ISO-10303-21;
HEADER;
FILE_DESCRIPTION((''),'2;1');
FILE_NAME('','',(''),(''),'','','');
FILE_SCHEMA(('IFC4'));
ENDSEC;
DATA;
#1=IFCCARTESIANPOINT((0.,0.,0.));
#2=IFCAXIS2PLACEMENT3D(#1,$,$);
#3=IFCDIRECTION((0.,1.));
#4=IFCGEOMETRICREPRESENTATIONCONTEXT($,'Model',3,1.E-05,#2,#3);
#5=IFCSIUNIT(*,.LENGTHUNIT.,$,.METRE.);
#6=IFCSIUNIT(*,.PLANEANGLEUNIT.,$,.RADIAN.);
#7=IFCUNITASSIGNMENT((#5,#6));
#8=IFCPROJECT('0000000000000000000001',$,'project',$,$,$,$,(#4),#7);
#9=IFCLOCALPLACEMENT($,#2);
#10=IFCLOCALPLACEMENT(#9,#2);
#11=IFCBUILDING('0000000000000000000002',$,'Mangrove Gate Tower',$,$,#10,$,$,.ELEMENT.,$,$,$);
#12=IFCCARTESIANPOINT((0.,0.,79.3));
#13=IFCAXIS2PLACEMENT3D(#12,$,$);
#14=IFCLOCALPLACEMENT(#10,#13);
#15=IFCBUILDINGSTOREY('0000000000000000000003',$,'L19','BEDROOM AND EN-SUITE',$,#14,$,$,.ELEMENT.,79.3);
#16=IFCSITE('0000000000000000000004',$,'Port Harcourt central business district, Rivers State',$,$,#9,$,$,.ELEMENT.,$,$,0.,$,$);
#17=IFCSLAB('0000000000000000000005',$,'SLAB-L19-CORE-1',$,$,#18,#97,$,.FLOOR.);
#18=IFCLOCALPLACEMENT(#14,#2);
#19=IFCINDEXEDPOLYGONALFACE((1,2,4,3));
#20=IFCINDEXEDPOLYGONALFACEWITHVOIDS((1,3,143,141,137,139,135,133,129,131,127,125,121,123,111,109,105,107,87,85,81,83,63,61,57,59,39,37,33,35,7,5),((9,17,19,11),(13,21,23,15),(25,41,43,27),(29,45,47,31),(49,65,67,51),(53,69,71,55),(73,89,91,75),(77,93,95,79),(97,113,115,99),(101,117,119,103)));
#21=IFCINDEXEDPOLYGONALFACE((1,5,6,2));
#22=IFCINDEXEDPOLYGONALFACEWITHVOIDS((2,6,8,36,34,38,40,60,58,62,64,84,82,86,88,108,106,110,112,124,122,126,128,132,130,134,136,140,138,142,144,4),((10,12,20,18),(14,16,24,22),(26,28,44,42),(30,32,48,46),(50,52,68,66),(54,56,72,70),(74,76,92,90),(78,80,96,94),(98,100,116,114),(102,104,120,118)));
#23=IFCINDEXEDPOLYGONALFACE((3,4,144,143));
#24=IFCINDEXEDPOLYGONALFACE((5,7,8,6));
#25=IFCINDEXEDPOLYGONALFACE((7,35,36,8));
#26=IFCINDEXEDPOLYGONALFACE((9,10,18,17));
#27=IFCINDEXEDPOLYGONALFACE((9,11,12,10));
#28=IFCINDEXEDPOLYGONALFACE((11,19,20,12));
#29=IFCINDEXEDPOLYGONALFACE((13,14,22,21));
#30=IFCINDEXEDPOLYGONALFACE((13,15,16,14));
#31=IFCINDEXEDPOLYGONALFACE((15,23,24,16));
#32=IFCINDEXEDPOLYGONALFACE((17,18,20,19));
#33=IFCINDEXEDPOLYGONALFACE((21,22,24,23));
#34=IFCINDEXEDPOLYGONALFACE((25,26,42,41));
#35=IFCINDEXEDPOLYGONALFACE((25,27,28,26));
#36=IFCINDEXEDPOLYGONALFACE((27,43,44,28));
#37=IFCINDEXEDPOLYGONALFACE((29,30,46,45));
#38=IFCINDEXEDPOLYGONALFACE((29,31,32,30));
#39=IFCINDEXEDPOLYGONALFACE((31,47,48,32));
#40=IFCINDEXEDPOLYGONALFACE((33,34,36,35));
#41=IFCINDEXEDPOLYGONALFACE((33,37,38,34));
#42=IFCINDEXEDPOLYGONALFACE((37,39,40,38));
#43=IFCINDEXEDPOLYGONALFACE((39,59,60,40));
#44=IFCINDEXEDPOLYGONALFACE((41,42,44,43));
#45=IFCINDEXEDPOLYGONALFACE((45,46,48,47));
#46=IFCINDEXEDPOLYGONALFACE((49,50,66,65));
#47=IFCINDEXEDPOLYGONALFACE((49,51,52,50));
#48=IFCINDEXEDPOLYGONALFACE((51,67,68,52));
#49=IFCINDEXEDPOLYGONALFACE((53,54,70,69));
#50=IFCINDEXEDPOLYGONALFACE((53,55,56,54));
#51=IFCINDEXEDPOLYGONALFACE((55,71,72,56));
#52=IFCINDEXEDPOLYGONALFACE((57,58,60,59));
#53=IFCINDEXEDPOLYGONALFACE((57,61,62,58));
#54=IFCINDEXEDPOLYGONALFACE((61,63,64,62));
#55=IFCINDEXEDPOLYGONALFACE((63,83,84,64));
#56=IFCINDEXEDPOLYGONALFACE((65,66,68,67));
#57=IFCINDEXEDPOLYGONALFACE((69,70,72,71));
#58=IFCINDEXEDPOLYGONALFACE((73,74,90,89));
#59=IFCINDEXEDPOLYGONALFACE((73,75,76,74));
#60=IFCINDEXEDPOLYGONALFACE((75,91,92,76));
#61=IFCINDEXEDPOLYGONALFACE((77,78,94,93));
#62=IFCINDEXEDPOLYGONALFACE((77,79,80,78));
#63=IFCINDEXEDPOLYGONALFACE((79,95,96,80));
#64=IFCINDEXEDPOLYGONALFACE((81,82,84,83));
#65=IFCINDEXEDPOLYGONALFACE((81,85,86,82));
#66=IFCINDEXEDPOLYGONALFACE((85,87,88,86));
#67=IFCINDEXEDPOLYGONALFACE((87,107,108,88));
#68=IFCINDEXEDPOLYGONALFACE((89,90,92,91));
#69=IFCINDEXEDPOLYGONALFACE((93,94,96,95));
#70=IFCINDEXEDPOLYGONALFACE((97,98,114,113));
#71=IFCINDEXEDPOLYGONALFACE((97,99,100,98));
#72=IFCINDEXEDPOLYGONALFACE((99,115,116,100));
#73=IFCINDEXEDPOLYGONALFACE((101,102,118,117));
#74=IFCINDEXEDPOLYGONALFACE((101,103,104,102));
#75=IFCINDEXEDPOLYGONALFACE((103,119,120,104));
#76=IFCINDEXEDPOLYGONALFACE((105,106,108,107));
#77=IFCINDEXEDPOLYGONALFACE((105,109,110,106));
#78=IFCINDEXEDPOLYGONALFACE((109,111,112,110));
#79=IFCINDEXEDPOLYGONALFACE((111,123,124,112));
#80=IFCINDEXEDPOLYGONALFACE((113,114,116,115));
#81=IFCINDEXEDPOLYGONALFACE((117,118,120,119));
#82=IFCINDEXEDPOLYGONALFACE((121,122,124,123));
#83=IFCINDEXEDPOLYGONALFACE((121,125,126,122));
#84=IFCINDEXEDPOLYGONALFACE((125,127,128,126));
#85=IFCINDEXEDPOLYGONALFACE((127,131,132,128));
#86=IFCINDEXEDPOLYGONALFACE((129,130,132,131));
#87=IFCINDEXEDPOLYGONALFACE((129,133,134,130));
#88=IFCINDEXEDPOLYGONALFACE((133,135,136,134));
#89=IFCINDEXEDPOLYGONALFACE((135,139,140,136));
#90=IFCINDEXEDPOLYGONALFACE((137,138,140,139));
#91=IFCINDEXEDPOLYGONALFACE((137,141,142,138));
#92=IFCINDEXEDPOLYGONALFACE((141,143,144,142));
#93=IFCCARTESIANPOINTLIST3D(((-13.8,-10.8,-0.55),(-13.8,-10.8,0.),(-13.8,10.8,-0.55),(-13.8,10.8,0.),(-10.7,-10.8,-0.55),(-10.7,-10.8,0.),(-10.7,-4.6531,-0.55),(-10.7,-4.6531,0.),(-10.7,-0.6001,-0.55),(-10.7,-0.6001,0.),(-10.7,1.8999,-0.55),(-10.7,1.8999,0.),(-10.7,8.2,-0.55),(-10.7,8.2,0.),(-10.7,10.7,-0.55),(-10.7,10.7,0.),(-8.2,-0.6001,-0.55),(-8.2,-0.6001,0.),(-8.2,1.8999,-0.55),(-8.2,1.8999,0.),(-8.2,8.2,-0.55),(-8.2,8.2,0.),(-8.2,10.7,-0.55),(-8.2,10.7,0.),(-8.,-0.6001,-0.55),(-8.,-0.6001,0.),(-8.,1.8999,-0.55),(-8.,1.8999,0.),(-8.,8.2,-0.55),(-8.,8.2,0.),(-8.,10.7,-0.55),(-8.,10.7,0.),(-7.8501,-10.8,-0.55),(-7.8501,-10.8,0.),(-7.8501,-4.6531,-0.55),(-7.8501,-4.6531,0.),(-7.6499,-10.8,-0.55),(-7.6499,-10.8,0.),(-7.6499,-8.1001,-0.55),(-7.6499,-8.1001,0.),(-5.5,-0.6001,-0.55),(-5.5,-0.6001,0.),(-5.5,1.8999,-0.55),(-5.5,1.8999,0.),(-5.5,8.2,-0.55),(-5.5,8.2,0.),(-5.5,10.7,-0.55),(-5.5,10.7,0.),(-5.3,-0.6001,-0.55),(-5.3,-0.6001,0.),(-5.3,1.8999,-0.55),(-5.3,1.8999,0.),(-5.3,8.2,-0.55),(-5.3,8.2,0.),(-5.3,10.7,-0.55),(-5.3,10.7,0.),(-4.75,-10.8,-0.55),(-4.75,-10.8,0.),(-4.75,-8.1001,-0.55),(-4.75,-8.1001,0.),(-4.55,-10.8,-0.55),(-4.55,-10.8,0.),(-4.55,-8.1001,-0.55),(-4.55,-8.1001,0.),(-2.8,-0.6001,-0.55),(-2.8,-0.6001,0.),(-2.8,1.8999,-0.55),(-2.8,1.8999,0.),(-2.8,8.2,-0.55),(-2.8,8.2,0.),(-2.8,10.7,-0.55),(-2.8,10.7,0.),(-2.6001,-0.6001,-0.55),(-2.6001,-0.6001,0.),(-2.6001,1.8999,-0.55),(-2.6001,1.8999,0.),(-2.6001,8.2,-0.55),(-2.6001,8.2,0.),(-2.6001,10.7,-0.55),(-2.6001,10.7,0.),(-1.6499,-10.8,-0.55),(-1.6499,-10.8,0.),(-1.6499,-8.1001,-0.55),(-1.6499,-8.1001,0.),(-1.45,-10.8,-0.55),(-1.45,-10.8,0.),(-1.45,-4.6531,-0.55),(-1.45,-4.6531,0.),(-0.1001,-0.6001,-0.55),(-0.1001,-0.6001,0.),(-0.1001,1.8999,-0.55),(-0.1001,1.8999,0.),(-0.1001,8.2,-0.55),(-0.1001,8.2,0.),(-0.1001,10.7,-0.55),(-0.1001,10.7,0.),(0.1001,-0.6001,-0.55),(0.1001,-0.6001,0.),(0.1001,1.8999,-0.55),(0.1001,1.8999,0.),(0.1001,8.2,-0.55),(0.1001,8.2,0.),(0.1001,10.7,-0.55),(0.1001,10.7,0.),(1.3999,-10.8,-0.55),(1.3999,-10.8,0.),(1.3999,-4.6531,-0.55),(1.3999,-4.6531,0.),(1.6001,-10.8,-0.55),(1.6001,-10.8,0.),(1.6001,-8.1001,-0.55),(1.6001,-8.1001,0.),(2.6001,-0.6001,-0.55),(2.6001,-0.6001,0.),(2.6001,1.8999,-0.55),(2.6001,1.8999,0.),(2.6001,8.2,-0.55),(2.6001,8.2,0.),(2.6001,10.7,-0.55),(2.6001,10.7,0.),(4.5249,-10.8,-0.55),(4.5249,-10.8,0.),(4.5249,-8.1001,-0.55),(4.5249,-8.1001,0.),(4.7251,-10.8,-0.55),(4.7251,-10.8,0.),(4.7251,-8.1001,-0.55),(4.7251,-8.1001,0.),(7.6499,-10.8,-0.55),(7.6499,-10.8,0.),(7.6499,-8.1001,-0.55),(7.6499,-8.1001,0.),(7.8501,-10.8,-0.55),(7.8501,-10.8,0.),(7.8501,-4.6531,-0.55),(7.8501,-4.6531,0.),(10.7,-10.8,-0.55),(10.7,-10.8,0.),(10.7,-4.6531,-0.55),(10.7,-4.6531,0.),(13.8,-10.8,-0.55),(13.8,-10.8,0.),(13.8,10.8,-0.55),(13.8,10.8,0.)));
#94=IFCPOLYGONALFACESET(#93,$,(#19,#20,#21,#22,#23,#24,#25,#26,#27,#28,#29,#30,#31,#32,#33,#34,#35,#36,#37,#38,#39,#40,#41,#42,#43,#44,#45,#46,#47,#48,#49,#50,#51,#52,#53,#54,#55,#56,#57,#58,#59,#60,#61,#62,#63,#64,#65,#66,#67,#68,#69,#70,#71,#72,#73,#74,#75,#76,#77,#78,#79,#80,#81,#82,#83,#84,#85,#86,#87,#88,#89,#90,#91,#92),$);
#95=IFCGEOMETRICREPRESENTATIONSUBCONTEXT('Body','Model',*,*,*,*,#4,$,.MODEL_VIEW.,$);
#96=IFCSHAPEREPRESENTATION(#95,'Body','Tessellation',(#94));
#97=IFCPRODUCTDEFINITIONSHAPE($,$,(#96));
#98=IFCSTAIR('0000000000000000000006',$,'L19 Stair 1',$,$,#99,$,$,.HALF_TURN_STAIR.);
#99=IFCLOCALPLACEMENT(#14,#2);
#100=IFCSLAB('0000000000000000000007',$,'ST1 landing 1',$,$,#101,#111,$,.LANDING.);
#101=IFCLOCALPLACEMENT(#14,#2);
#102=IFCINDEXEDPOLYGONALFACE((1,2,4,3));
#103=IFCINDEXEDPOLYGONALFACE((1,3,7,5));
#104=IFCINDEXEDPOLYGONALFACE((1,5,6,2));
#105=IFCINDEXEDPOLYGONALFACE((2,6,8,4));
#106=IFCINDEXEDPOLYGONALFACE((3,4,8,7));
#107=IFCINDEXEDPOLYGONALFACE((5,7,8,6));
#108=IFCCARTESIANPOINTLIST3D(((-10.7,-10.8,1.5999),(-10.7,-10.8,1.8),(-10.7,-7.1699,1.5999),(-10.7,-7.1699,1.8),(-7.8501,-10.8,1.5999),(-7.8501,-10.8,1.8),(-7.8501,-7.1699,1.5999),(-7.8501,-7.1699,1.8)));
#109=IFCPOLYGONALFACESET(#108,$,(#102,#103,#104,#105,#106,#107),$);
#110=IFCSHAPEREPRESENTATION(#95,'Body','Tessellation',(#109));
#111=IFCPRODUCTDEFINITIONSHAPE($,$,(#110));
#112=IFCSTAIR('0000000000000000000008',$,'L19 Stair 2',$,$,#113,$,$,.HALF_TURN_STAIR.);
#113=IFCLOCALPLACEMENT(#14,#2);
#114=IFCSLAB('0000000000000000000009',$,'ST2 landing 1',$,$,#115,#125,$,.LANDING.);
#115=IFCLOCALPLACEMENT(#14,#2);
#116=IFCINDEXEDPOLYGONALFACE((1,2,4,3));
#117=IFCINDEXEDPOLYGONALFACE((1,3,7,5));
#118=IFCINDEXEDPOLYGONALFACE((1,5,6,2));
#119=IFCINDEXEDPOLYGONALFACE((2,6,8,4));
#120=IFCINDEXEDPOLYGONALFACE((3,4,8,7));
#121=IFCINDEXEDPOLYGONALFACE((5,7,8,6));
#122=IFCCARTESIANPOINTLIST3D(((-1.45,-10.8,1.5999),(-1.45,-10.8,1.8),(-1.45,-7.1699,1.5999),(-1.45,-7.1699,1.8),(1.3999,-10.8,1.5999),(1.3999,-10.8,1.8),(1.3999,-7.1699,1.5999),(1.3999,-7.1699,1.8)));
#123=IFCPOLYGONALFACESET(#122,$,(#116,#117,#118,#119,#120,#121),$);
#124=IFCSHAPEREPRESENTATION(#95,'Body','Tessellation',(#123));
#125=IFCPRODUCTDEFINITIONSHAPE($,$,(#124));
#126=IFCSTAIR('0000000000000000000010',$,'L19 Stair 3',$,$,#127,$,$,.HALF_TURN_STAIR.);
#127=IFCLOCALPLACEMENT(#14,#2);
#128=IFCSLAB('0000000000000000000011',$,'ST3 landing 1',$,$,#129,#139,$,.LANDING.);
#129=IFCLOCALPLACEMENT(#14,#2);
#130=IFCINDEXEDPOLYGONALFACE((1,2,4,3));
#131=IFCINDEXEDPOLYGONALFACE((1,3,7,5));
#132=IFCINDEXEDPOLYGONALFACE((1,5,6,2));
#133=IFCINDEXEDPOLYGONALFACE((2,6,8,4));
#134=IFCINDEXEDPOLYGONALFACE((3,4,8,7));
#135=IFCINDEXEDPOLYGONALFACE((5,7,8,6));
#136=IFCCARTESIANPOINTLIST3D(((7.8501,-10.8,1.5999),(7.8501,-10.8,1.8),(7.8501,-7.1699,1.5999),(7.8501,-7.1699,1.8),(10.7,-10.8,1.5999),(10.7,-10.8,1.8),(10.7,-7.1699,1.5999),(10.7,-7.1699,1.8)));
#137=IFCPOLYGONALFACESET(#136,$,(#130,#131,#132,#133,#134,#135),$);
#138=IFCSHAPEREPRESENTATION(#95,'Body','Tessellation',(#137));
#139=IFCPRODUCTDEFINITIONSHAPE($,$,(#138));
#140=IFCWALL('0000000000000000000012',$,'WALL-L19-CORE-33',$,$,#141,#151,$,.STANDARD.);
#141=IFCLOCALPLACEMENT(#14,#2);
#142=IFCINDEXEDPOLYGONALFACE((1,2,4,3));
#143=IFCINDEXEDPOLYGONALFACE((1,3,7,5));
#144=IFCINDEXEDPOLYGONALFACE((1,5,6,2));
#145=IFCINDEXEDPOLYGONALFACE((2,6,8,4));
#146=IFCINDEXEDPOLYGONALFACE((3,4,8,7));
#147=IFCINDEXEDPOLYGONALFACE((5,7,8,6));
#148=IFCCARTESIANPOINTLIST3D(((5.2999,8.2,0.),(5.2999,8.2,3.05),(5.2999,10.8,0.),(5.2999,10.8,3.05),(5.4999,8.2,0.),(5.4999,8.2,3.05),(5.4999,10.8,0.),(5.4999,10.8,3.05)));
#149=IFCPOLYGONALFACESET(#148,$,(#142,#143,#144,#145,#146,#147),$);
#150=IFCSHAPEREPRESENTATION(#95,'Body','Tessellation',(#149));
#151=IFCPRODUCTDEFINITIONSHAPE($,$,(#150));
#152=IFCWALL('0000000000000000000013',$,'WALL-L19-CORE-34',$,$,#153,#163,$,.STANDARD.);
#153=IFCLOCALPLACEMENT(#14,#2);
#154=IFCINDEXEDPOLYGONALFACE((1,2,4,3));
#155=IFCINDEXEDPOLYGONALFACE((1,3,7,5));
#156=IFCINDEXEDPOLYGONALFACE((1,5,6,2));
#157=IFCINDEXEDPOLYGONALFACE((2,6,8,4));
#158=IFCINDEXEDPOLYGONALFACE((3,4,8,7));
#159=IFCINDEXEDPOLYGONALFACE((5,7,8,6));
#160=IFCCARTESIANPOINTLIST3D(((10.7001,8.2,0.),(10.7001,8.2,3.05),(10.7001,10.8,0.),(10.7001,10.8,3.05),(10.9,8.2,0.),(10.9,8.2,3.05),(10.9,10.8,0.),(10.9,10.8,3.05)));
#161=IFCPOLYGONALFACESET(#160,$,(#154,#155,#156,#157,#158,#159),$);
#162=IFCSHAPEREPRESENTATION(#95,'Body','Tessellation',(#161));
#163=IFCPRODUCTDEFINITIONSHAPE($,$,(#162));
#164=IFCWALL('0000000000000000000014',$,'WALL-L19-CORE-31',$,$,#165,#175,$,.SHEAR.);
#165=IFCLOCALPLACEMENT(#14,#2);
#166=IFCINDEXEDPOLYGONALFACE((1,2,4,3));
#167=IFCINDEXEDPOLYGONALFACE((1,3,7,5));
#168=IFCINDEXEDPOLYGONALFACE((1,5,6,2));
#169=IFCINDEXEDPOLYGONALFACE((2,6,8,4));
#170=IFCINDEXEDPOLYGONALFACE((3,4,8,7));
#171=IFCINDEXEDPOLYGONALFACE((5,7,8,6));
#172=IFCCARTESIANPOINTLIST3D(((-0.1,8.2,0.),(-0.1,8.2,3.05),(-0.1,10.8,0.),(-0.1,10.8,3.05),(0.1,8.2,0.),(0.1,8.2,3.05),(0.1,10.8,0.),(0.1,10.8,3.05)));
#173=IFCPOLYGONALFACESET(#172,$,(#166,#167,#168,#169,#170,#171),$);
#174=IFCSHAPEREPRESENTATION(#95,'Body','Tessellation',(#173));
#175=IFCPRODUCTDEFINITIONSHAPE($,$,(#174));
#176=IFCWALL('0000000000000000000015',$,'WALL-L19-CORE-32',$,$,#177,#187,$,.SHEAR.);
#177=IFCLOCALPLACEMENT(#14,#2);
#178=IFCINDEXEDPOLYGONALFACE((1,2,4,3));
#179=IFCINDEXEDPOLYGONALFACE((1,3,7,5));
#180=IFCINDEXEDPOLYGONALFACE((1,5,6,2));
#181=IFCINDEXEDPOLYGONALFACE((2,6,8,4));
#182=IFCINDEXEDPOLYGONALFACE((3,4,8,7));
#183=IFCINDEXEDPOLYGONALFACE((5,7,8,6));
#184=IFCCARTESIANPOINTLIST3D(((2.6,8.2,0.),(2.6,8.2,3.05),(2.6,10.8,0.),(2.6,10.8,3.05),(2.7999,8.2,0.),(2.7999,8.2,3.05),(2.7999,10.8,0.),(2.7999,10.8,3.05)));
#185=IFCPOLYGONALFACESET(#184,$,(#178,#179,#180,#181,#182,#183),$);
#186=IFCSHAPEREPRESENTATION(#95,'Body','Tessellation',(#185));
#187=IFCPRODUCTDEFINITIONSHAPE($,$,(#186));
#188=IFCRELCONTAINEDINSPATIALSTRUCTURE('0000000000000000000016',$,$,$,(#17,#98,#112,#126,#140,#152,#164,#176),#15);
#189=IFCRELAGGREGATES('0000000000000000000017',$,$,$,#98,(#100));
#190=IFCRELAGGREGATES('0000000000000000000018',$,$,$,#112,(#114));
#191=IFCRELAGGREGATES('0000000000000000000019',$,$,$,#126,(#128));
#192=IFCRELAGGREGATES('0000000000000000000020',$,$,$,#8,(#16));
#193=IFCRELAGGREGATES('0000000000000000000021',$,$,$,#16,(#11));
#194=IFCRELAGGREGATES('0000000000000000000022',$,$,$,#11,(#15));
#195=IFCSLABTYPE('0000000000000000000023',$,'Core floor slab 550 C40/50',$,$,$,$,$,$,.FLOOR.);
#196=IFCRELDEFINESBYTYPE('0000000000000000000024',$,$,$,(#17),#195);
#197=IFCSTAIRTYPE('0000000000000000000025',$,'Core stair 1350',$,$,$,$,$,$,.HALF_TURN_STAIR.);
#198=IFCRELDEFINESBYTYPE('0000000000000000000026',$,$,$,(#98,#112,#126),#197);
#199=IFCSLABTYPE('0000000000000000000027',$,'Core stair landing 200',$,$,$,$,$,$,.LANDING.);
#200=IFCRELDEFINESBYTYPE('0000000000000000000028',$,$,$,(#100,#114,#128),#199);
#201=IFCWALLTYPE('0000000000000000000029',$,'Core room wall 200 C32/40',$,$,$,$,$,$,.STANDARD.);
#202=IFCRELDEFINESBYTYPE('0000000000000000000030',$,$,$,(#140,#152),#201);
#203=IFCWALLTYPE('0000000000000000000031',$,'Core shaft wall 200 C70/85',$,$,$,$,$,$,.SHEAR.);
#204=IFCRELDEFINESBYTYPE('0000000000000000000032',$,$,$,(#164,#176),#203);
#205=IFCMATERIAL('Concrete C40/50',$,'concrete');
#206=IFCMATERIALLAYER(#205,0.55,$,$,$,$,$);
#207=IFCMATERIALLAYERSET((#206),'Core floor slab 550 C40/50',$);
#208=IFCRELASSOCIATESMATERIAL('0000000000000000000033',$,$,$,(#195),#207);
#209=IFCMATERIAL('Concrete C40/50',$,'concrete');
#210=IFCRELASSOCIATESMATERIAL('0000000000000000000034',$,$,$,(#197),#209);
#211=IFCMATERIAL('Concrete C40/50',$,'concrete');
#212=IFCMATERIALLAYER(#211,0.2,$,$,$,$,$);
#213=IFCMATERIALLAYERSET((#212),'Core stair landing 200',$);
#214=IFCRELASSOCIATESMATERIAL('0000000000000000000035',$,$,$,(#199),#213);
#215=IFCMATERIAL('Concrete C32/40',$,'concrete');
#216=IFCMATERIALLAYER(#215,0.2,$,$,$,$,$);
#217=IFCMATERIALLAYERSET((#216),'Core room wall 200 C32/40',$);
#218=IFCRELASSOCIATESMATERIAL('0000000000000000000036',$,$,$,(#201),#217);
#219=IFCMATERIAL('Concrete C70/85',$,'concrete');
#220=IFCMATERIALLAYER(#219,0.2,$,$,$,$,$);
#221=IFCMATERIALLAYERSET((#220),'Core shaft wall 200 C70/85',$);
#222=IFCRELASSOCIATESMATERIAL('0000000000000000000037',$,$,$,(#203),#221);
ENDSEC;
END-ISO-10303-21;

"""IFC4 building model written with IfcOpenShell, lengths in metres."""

from ifc_helpers import new_model, si_unit, direction, frame, frame_2d, origin, place, context, subcontext, project, spatial, polyline, rectangle, outline, extrude, material, layer, layer_set, type_object, element, aggregate, save


model = new_model("IFC4")

# Units and contexts
model_context = context("Model", 3, precision=1e-05, world=origin(), true_north=direction((0.0, 1.0)))
body_context = subcontext(model_context, "Body", "Model", "MODEL_VIEW")
ifc_project = project(units=[si_unit("LENGTHUNIT", "METRE"), si_unit("PLANEANGLEUNIT", "RADIAN")], contexts=[model_context])

# Site, building, storey
site_placement = place(None, origin())
site = spatial("IfcSite", under=ifc_project, at=site_placement, Name="Port Harcourt central business district, Rivers State", CompositionType="ELEMENT", RefElevation=0.0)
building_placement = place(site_placement, origin())
building = spatial("IfcBuilding", under=site, at=building_placement, Name="Mangrove Gate Tower", CompositionType="ELEMENT")
storey_placement = place(building_placement, frame((0.0, 0.0, 79.3)))
storey = spatial("IfcBuildingStorey", under=building, at=storey_placement, Name="L19", Description="BEDROOM AND EN-SUITE", CompositionType="ELEMENT", Elevation=79.3)

# Slab
ifc_material_1 = material(Name="Concrete C40/50", Category="concrete")
ifc_layer_1 = layer(ifc_material_1, 0.55)
ifc_layer_set_1 = layer_set([ifc_layer_1], Name="Core floor slab 550 C40/50")
slab_type_1 = type_object("IfcSlabType", Name="Core floor slab 550 C40/50", PredefinedType="FLOOR", material=ifc_layer_set_1)
slab_1_placement = place(storey_placement, frame((0.0, 0.0, -0.55)))
element("IfcSlab", 1, at=slab_1_placement, inside=storey, type_object=slab_type_1, Name="SLAB-L19-CORE-1", PredefinedType="FLOOR", context=body_context, shape_type="SweptSolid", body=[
    extrude(outline(polyline([(-13.8, -10.8), (-13.8, 10.8), (13.8, 10.8), (13.8, -10.8), (10.7, -10.8), (10.7, -4.6531), (7.8501, -4.6531), (7.8501, -10.8), (7.6499, -10.8), (7.6499, -8.1001), (4.7251, -8.1001), (4.7251, -10.8), (4.5249, -10.8), (4.5249, -8.1001), (1.6001, -8.1001), (1.6001, -10.8), (1.3999, -10.8), (1.3999, -4.6531), (-1.45, -4.6531), (-1.45, -10.8), (-1.6499, -10.8), (-1.6499, -8.1001), (-4.55, -8.1001), (-4.55, -10.8), (-4.75, -10.8), (-4.75, -8.1001), (-7.6499, -8.1001), (-7.6499, -10.8), (-7.8501, -10.8), (-7.8501, -4.6531), (-10.7, -4.6531), (-10.7, -10.8), (-13.8, -10.8)]), holes=[polyline([(-8.2, -0.6001), (-8.2, 1.8999), (-10.7, 1.8999), (-10.7, -0.6001), (-8.2, -0.6001)]), polyline([(-5.5, -0.6001), (-5.5, 1.8999), (-8.0, 1.8999), (-8.0, -0.6001), (-5.5, -0.6001)]), polyline([(-2.8, -0.6001), (-2.8, 1.8999), (-5.3, 1.8999), (-5.3, -0.6001), (-2.8, -0.6001)]), polyline([(-8.2, 8.2), (-8.2, 10.7), (-10.7, 10.7), (-10.7, 8.2), (-8.2, 8.2)]), polyline([(-5.5, 8.2), (-5.5, 10.7), (-8.0, 10.7), (-8.0, 8.2), (-5.5, 8.2)]), polyline([(-2.8, 8.2), (-2.8, 10.7), (-5.3, 10.7), (-5.3, 8.2), (-2.8, 8.2)]), polyline([(-0.1001, -0.6001), (-0.1001, 1.8999), (-2.6001, 1.8999), (-2.6001, -0.6001), (-0.1001, -0.6001)]), polyline([(2.6001, -0.6001), (2.6001, 1.8999), (0.1001, 1.8999), (0.1001, -0.6001), (2.6001, -0.6001)]), polyline([(-2.6001, 8.2), (-0.1001, 8.2), (-0.1001, 10.7), (-2.6001, 10.7), (-2.6001, 8.2)]), polyline([(0.1001, 8.2), (2.6001, 8.2), (2.6001, 10.7), (0.1001, 10.7), (0.1001, 8.2)])]), origin(), (0.0, 0.0, 1.0), 0.55),
])

# Stairs, slabs
ifc_material_2 = material(Name="Concrete C40/50", Category="concrete")
stair_type = type_object("IfcStairType", Name="Core stair 1350", PredefinedType="HALF_TURN_STAIR", material=ifc_material_2)
stair_1_placement = place(storey_placement, origin())
stair_1 = element("IfcStair", 2, at=stair_1_placement, inside=storey, type_object=stair_type, Name="L19 Stair 1", PredefinedType="HALF_TURN_STAIR")
ifc_material_3 = material(Name="Concrete C40/50", Category="concrete")
ifc_layer_2 = layer(ifc_material_3, 0.2)
ifc_layer_set_2 = layer_set([ifc_layer_2], Name="Core stair landing 200")
slab_type_2 = type_object("IfcSlabType", Name="Core stair landing 200", PredefinedType="LANDING", material=ifc_layer_set_2)
slab_2_placement = place(storey_placement, frame((0.0, 0.0, 1.5999)))
slab_2 = element("IfcSlab", 3, at=slab_2_placement, type_object=slab_type_2, Name="ST1 landing 1", PredefinedType="LANDING", context=body_context, shape_type="SweptSolid", body=[
    extrude(outline(polyline([(-10.7, -7.1699), (-10.7, -10.8), (-7.8501, -10.8), (-7.8501, -7.1699), (-10.7, -7.1699)])), origin(), (0.0, 0.0, 1.0), 0.2002),
])
aggregate(stair_1, [slab_2])
stair_2_placement = place(storey_placement, origin())
stair_2 = element("IfcStair", 4, at=stair_2_placement, inside=storey, type_object=stair_type, Name="L19 Stair 2", PredefinedType="HALF_TURN_STAIR")
slab_3_placement = place(storey_placement, frame((0.0, 0.0, 1.5999)))
slab_3 = element("IfcSlab", 5, at=slab_3_placement, type_object=slab_type_2, Name="ST2 landing 1", PredefinedType="LANDING", context=body_context, shape_type="SweptSolid", body=[
    extrude(outline(polyline([(-1.45, -7.1699), (-1.45, -10.8), (1.3999, -10.8), (1.3999, -7.1699), (-1.45, -7.1699)])), origin(), (0.0, 0.0, 1.0), 0.2002),
])
aggregate(stair_2, [slab_3])
stair_3_placement = place(storey_placement, origin())
stair_3 = element("IfcStair", 6, at=stair_3_placement, inside=storey, type_object=stair_type, Name="L19 Stair 3", PredefinedType="HALF_TURN_STAIR")
slab_4_placement = place(storey_placement, frame((0.0, 0.0, 1.5999)))
slab_4 = element("IfcSlab", 7, at=slab_4_placement, type_object=slab_type_2, Name="ST3 landing 1", PredefinedType="LANDING", context=body_context, shape_type="SweptSolid", body=[
    extrude(outline(polyline([(7.8501, -7.1699), (7.8501, -10.8), (10.7, -10.8), (10.7, -7.1699), (7.8501, -7.1699)])), origin(), (0.0, 0.0, 1.0), 0.2002),
])
aggregate(stair_3, [slab_4])

# Walls
ifc_material_4 = material(Name="Concrete C32/40", Category="concrete")
ifc_layer_3 = layer(ifc_material_4, 0.2)
ifc_layer_set_3 = layer_set([ifc_layer_3], Name="Core room wall 200 C32/40")
wall_type_1 = type_object("IfcWallType", Name="Core room wall 200 C32/40", PredefinedType="STANDARD", material=ifc_layer_set_3)
for number, where, z_axis, x_axis, name in (
    (8, (5.3999, 8.2, 0.0), (0.0, 0.0, 1.0), (0.0, 1.0, 0.0), "WALL-L19-CORE-33"),
    (9, (10.8, 8.2, 0.0), (0.0, 0.0, 1.0), (0.0, 1.0, 0.0), "WALL-L19-CORE-34"),
):
    element("IfcWall", number, at=place(storey_placement, frame(where, z_axis=z_axis, x_axis=x_axis)), inside=storey, type_object=wall_type_1, Name=name, PredefinedType="STANDARD", context=body_context, shape_type="SweptSolid", body=[
        extrude(rectangle(XDim=2.6001, YDim=0.2, at=frame_2d((1.3, 0.0))), origin(), (0.0, 0.0, 1.0), 3.05),
    ])
ifc_material_5 = material(Name="Concrete C70/85", Category="concrete")
ifc_layer_4 = layer(ifc_material_5, 0.2)
ifc_layer_set_4 = layer_set([ifc_layer_4], Name="Core shaft wall 200 C70/85")
wall_type_2 = type_object("IfcWallType", Name="Core shaft wall 200 C70/85", PredefinedType="SHEAR", material=ifc_layer_set_4)
for number, where, z_axis, x_axis, name in (
    (10, (0.0, 8.2, 0.0), (0.0, 0.0, 1.0), (0.0, 1.0, 0.0), "WALL-L19-CORE-31"),
    (11, (2.7, 8.2, 0.0), (0.0, 0.0, 1.0), (0.0, 1.0, 0.0), "WALL-L19-CORE-32"),
):
    element("IfcWall", number, at=place(storey_placement, frame(where, z_axis=z_axis, x_axis=x_axis)), inside=storey, type_object=wall_type_2, Name=name, PredefinedType="SHEAR", context=body_context, shape_type="SweptSolid", body=[
        extrude(rectangle(XDim=2.6001, YDim=0.2, at=frame_2d((1.3, 0.0))), origin(), (0.0, 0.0, 1.0), 3.05),
    ])

save(model, "model.ifc")
